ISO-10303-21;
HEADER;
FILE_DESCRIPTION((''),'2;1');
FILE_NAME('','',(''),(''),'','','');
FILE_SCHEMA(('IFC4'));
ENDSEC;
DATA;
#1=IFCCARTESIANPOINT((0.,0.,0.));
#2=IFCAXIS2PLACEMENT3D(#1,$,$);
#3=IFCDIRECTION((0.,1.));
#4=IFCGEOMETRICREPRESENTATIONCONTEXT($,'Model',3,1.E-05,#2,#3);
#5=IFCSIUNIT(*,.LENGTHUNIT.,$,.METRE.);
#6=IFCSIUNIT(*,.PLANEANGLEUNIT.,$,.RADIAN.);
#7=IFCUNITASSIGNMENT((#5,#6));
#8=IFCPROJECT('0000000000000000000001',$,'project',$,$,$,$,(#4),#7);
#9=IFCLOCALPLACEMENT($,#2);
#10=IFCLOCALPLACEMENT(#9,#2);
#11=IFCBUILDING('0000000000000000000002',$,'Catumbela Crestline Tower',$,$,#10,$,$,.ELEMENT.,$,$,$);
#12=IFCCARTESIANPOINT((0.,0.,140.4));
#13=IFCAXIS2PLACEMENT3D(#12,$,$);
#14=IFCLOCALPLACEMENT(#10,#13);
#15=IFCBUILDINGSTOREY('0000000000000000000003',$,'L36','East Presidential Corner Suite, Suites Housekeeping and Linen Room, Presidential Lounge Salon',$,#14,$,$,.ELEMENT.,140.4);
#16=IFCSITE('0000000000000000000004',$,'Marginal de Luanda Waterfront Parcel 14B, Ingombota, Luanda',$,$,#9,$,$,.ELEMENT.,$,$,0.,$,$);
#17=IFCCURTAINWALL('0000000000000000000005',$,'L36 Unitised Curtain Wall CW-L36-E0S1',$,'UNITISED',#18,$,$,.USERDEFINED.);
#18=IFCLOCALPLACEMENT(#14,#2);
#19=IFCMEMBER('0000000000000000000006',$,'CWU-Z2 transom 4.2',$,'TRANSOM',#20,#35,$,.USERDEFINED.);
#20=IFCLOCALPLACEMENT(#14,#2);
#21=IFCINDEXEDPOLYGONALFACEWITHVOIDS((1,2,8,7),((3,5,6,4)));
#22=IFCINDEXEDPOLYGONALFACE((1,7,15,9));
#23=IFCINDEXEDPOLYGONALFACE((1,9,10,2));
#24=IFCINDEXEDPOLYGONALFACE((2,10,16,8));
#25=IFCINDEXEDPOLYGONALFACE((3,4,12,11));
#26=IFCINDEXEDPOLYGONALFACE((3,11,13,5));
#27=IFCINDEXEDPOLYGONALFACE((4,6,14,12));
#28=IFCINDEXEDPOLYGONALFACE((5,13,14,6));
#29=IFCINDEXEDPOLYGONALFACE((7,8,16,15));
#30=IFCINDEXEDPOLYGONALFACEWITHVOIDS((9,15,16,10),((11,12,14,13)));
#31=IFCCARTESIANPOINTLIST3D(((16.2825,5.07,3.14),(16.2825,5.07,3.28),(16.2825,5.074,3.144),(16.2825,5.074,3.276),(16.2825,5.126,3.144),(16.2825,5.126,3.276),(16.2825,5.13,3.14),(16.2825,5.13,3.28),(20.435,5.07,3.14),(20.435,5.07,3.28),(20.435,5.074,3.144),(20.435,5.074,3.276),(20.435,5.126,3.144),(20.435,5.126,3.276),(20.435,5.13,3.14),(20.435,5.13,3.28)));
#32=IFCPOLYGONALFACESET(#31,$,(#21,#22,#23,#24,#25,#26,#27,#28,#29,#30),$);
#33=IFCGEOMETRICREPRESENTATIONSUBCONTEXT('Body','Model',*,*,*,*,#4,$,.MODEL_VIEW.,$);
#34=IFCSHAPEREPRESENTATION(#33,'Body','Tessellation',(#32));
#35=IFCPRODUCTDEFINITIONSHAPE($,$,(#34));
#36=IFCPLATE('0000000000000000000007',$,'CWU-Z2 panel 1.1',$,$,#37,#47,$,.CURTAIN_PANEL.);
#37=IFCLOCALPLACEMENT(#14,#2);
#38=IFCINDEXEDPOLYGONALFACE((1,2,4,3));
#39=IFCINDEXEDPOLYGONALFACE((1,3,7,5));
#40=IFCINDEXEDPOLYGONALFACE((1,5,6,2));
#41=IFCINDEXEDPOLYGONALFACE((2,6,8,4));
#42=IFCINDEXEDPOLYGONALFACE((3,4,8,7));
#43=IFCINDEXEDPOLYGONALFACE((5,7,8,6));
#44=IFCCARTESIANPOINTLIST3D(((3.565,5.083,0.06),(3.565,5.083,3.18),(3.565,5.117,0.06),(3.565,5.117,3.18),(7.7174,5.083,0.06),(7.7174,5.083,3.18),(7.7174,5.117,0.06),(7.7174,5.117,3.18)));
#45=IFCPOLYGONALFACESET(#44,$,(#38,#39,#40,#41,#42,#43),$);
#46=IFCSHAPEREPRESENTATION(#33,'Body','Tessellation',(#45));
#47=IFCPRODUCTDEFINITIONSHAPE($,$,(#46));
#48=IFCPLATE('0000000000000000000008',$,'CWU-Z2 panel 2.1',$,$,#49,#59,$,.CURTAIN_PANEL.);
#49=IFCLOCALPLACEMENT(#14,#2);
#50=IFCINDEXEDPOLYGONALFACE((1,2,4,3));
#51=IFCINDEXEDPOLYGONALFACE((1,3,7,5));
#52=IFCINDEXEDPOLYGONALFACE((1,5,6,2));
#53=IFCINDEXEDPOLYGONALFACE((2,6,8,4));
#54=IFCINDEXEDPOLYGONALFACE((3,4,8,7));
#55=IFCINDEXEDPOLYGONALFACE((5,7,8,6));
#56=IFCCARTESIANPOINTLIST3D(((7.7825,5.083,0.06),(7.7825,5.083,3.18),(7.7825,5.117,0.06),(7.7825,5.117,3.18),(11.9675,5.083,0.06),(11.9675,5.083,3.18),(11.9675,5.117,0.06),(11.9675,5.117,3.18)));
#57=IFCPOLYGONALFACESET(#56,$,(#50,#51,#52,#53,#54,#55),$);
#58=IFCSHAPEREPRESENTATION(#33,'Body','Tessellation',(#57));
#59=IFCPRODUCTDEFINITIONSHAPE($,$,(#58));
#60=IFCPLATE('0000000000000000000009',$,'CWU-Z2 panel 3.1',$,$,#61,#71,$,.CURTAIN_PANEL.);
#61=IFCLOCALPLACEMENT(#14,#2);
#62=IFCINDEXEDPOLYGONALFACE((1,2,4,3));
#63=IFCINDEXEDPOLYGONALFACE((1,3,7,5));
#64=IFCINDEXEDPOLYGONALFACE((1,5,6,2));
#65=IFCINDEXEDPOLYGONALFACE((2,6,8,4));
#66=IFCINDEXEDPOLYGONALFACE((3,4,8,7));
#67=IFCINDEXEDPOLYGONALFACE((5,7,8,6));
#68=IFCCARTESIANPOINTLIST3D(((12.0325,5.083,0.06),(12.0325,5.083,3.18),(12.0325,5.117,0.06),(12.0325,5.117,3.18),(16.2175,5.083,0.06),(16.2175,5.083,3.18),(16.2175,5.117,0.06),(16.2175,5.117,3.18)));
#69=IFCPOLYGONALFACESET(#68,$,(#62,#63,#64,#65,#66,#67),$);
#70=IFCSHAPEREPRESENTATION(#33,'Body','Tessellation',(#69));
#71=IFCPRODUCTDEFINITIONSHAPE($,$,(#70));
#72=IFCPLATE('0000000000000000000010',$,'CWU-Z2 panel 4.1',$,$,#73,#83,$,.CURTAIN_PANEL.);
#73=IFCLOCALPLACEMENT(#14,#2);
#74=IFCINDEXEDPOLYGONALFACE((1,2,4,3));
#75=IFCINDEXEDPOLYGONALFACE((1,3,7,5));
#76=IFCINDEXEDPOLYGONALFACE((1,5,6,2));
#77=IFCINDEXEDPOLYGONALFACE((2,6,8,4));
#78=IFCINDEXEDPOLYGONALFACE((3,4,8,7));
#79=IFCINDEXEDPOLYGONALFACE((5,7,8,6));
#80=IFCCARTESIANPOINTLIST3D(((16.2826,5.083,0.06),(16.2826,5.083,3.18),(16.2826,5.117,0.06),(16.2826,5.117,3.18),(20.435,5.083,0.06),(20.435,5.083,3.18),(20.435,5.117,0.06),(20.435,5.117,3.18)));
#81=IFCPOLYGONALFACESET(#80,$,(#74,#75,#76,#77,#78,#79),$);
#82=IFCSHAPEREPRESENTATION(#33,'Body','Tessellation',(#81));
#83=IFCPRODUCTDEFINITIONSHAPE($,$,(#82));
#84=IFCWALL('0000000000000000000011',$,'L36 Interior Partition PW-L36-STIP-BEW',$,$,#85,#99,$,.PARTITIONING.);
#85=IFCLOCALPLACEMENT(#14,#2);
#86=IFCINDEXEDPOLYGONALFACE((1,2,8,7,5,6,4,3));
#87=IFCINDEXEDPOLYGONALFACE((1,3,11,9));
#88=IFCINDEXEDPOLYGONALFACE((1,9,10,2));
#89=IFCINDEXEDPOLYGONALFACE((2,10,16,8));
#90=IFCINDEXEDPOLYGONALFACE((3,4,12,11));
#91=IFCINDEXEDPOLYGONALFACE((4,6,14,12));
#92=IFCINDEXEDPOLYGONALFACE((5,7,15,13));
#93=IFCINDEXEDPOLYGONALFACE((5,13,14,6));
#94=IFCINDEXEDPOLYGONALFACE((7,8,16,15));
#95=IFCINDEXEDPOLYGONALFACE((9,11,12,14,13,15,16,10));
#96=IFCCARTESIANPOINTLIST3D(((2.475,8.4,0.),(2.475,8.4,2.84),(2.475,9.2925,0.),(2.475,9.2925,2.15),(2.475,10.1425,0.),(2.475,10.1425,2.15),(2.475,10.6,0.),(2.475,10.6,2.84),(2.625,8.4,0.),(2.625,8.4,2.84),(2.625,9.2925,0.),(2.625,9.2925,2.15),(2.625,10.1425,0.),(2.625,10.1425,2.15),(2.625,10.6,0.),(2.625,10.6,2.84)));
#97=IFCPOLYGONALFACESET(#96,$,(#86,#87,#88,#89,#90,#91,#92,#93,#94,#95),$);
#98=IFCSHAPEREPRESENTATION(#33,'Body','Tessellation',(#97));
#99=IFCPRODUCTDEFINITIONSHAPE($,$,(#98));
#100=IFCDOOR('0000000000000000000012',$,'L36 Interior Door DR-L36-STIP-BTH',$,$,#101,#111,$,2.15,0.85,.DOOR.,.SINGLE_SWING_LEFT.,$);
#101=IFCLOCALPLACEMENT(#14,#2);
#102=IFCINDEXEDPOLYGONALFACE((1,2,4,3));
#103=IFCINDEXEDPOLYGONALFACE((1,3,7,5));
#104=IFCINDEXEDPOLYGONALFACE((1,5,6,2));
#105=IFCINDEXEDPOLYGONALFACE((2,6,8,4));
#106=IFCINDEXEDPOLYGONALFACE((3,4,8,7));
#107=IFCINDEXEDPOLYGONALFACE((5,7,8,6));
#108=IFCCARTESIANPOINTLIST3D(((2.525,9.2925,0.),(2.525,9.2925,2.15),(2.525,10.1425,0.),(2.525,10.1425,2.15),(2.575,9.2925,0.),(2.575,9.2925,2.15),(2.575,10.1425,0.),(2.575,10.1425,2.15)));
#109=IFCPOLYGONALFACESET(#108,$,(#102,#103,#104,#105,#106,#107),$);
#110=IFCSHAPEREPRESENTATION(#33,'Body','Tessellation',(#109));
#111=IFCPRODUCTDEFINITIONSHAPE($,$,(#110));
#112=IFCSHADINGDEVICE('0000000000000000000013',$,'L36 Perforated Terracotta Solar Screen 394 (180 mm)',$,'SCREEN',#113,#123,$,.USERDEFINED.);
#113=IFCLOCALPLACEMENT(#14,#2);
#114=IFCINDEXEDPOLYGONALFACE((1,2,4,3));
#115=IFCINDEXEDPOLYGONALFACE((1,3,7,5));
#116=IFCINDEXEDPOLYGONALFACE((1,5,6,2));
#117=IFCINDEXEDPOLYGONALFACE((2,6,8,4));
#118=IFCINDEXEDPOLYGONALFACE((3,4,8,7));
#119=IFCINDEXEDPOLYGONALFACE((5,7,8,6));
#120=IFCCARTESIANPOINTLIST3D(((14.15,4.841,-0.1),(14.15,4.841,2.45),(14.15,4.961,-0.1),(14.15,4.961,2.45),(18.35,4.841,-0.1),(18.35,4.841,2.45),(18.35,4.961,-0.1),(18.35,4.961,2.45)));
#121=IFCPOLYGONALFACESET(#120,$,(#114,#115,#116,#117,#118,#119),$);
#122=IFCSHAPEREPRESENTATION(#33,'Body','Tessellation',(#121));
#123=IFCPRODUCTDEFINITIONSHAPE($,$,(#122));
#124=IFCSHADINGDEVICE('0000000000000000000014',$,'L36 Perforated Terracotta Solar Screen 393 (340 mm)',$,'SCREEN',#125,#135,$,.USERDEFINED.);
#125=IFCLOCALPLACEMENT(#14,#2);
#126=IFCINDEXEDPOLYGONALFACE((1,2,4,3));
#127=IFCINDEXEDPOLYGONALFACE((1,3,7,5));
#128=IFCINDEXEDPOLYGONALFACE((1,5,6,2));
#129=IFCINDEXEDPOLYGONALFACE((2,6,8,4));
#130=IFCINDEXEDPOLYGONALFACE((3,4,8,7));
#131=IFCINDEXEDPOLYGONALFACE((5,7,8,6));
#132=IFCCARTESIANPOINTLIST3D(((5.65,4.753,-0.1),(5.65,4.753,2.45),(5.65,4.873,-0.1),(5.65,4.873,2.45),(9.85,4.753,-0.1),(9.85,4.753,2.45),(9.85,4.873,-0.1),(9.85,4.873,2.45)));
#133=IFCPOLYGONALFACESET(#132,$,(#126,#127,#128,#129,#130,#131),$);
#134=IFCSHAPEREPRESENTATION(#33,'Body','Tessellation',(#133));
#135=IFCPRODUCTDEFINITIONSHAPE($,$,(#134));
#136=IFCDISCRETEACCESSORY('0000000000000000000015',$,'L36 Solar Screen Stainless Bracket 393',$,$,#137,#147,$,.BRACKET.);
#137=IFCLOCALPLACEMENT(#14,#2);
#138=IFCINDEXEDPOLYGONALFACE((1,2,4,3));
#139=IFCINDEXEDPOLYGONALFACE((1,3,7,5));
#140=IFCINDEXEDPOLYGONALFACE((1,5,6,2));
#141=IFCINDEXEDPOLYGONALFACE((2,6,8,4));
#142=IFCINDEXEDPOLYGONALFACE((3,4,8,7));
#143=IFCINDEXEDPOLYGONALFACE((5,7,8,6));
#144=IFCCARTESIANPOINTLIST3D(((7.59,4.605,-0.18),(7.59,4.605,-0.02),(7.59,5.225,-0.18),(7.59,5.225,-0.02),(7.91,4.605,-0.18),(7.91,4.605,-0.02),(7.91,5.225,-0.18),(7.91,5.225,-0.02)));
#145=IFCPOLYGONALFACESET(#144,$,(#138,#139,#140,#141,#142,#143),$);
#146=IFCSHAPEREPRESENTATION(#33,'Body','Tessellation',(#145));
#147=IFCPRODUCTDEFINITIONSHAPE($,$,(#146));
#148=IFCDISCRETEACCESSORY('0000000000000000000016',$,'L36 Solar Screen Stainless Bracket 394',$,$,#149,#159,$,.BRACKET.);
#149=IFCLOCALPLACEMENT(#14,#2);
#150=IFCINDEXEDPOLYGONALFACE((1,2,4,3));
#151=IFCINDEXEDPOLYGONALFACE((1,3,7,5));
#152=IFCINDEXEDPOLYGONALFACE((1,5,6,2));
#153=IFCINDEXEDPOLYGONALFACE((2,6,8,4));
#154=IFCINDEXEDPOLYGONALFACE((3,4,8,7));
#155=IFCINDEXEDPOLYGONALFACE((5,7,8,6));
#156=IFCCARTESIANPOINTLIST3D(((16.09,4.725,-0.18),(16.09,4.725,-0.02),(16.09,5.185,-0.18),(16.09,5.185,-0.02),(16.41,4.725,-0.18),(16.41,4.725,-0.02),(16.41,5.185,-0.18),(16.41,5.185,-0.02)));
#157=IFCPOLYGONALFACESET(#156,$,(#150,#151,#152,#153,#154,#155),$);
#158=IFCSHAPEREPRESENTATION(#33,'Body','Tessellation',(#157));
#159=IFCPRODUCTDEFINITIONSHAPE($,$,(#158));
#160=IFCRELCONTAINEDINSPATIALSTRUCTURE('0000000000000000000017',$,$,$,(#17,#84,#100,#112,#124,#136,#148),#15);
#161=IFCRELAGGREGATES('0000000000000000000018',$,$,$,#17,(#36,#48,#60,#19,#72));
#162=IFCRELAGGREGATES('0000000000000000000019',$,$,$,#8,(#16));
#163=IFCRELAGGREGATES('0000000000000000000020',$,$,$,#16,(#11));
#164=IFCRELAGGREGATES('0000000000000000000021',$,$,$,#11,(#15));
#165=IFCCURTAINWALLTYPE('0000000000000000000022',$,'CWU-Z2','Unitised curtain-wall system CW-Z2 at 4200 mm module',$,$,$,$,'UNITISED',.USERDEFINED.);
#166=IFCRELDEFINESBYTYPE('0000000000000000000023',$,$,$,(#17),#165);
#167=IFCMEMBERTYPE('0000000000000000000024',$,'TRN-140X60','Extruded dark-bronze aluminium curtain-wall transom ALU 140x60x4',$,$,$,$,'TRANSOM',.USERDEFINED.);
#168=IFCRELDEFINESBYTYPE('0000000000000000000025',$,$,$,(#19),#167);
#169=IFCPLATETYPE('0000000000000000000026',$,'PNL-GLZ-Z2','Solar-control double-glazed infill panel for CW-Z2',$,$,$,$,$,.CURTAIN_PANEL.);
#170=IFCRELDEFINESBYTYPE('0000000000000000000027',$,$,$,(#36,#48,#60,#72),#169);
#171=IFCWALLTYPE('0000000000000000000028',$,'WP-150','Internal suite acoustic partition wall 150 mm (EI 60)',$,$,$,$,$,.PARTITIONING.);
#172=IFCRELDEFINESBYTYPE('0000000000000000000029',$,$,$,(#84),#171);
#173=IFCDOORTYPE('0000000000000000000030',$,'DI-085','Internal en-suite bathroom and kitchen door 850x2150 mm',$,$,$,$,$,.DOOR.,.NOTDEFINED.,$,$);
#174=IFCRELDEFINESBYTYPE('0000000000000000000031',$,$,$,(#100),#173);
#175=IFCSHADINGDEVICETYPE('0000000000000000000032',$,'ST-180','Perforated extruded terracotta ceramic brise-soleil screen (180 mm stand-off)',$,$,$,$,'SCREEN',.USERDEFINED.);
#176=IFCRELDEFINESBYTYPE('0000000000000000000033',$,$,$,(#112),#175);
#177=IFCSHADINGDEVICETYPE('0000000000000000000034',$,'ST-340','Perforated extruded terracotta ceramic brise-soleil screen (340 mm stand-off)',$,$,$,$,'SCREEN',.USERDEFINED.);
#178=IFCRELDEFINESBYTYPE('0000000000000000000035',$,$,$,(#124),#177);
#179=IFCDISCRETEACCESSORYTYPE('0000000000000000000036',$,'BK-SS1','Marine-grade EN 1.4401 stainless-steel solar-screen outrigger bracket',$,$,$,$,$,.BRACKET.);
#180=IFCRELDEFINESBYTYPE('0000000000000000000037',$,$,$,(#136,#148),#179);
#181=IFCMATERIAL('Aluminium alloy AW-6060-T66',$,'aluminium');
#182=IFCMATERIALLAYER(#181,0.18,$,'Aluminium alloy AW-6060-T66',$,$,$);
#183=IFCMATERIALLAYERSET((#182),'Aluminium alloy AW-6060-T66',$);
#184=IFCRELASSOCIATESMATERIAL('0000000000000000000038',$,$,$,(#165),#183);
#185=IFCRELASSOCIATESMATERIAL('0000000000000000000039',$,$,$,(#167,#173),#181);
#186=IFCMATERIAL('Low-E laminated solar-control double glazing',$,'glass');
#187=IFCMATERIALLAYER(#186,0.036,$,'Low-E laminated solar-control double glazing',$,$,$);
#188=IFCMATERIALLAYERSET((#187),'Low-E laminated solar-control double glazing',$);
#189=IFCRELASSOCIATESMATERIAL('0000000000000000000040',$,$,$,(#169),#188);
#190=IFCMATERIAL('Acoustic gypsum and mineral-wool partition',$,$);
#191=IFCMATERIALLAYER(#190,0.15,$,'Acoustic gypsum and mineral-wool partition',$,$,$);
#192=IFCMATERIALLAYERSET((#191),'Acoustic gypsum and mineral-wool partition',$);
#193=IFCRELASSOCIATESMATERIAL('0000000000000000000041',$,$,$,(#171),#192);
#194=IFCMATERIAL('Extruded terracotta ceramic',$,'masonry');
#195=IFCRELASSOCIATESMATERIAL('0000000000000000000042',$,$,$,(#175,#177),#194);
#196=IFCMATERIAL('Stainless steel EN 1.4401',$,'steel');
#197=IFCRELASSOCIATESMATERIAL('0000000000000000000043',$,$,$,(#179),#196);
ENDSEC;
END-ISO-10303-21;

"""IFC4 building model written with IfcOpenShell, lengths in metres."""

from ifc_helpers import new_model, si_unit, direction, frame, frame_2d, origin, origin_2d, place, context, subcontext, project, spatial, rectangle, hollow_rectangle, extrude, material, layer, layer_set, material_profile, profile_set, type_object, element, fill, aggregate, save


model = new_model("IFC4")

# Units and contexts
model_context = context("Model", 3, precision=1e-05, world=origin(), true_north=direction((0.0, 1.0)))
body_context = subcontext(model_context, "Body", "Model", "MODEL_VIEW")
ifc_project = project(units=[si_unit("LENGTHUNIT", "METRE"), si_unit("PLANEANGLEUNIT", "RADIAN")], contexts=[model_context])

# Site, building, storey
site_placement = place(None, origin())
site = spatial("IfcSite", under=ifc_project, at=site_placement, Name="Marginal de Luanda Waterfront Parcel 14B, Ingombota, Luanda", CompositionType="ELEMENT", RefElevation=0.0)
building_placement = place(site_placement, origin())
building = spatial("IfcBuilding", under=site, at=building_placement, Name="Catumbela Crestline Tower", CompositionType="ELEMENT")
storey_placement = place(building_placement, frame((0.0, 0.0, 140.4)))
storey = spatial("IfcBuildingStorey", under=building, at=storey_placement, Name="L36", Description="East Presidential Corner Suite, Suites Housekeeping and Linen Room, Presidential Lounge Salon", CompositionType="ELEMENT", Elevation=140.4)

# Curtain wall, member, plates
ifc_material_1 = material(Name="Aluminium alloy AW-6060-T66", Category="aluminium")
ifc_layer_1 = layer(ifc_material_1, 0.18, Name="Aluminium alloy AW-6060-T66")
ifc_layer_set_1 = layer_set([ifc_layer_1], Name="Aluminium alloy AW-6060-T66")
curtain_wall_type = type_object("IfcCurtainWallType", Name="CWU-Z2", Description="Unitised curtain-wall system CW-Z2 at 4200 mm module", ElementType="UNITISED", PredefinedType="USERDEFINED", material=ifc_layer_set_1)
curtain_wall_placement = place(storey_placement, origin())
curtain_wall = element("IfcCurtainWall", 1, at=curtain_wall_placement, inside=storey, type_object=curtain_wall_type, Name="L36 Unitised Curtain Wall CW-L36-E0S1", ObjectType="UNITISED", PredefinedType="USERDEFINED")
ifc_material_profile_1 = material_profile(ifc_material_1, hollow_rectangle(XDim=0.06, YDim=0.14, WallThickness=0.004, at=origin_2d()), Name="ALU 140x60x4")
ifc_profile_set_1 = profile_set([ifc_material_profile_1], Name="Aluminium alloy AW-6060-T66")
member_type_1 = type_object("IfcMemberType", Name="TRN-140X60", Description="Extruded dark-bronze aluminium curtain-wall transom ALU 140x60x4", ElementType="TRANSOM", PredefinedType="USERDEFINED", material=ifc_profile_set_1)
member_1_placement = place(storey_placement, frame((16.2825, 5.1, 3.21), z_axis=(1.0, 0.0, 0.0), x_axis=(0.0, 1.0, 0.0)))
member_1 = element("IfcMember", 2, at=member_1_placement, type_object=member_type_1, Name="CWU-Z2 transom 4.2", ObjectType="TRANSOM", PredefinedType="USERDEFINED", context=body_context, shape_type="SweptSolid", body=[
    extrude(hollow_rectangle(XDim=0.06, YDim=0.14, WallThickness=0.004, at=origin_2d()), origin(), (0.0, 0.0, 1.0), 4.1525),
])
ifc_material_2 = material(Name="Low-E laminated solar-control double glazing", Category="glass")
ifc_layer_2 = layer(ifc_material_2, 0.036, Name="Low-E laminated solar-control double glazing")
ifc_layer_set_2 = layer_set([ifc_layer_2], Name="Low-E laminated solar-control double glazing")
plate_type = type_object("IfcPlateType", Name="PNL-GLZ-Z2", Description="Solar-control double-glazed infill panel for CW-Z2", PredefinedType="CURTAIN_PANEL", material=ifc_layer_set_2)
plate_1_placement = place(storey_placement, frame((5.6412, 5.1, 0.06), z_axis=(0.0, 0.0, 1.0), x_axis=(1.0, 0.0, 0.0)))
plate_1 = element("IfcPlate", 3, at=plate_1_placement, type_object=plate_type, Name="CWU-Z2 panel 1.1", PredefinedType="CURTAIN_PANEL", context=body_context, shape_type="SweptSolid", body=[
    extrude(rectangle(XDim=4.1525, YDim=0.034, at=origin_2d()), origin(), (0.0, 0.0, 1.0), 3.12),
])
plate_2_placement = place(storey_placement, frame((9.875, 5.1, 0.06), z_axis=(0.0, 0.0, 1.0), x_axis=(1.0, 0.0, 0.0)))
plate_2 = element("IfcPlate", 4, at=plate_2_placement, type_object=plate_type, Name="CWU-Z2 panel 2.1", PredefinedType="CURTAIN_PANEL", context=body_context, shape_type="SweptSolid", body=[
    extrude(rectangle(XDim=4.185, YDim=0.034, at=origin_2d()), origin(), (0.0, 0.0, 1.0), 3.12),
])
plate_3_placement = place(storey_placement, frame((14.125, 5.1, 0.06), z_axis=(0.0, 0.0, 1.0), x_axis=(1.0, 0.0, 0.0)))
plate_3 = element("IfcPlate", 5, at=plate_3_placement, type_object=plate_type, Name="CWU-Z2 panel 3.1", PredefinedType="CURTAIN_PANEL", context=body_context, shape_type="SweptSolid", body=[
    extrude(rectangle(XDim=4.185, YDim=0.034, at=origin_2d()), origin(), (0.0, 0.0, 1.0), 3.12),
])
plate_4_placement = place(storey_placement, frame((18.3588, 5.1, 0.06), z_axis=(0.0, 0.0, 1.0), x_axis=(1.0, 0.0, 0.0)))
plate_4 = element("IfcPlate", 6, at=plate_4_placement, type_object=plate_type, Name="CWU-Z2 panel 4.1", PredefinedType="CURTAIN_PANEL", context=body_context, shape_type="SweptSolid", body=[
    extrude(rectangle(XDim=4.1525, YDim=0.034, at=origin_2d()), origin(), (0.0, 0.0, 1.0), 3.12),
])
aggregate(curtain_wall, [plate_1, plate_2, plate_3, member_1, plate_4])

# Wall, opening, door
ifc_material_3 = material(Name="Acoustic gypsum and mineral-wool partition")
ifc_layer_3 = layer(ifc_material_3, 0.15, Name="Acoustic gypsum and mineral-wool partition")
ifc_layer_set_3 = layer_set([ifc_layer_3], Name="Acoustic gypsum and mineral-wool partition")
wall_type = type_object("IfcWallType", Name="WP-150", Description="Internal suite acoustic partition wall 150 mm (EI 60)", PredefinedType="PARTITIONING", material=ifc_layer_set_3)
wall_placement = place(storey_placement, frame((2.55, 8.4, 0.0), z_axis=(0.0, 0.0, 1.0), x_axis=(0.0, 1.0, 0.0)))
wall = element("IfcWall", 7, at=wall_placement, inside=storey, type_object=wall_type, Name="L36 Interior Partition PW-L36-STIP-BEW", PredefinedType="PARTITIONING", context=body_context, shape_type="SweptSolid", body=[
    extrude(rectangle(XDim=2.2, YDim=0.15, at=frame_2d((1.1, 0.0))), origin(), (0.0, 0.0, 1.0), 2.84),
])
opening_placement = place(wall_placement, frame((0.8925, 0.0, 0.0)))
opening = element("IfcOpeningElement", 8, at=opening_placement, cuts=wall, PredefinedType="OPENING", context=body_context, shape_type="SweptSolid", body=[
    extrude(rectangle(XDim=0.85, YDim=2.15, at=frame_2d((0.425, 1.075))), frame((0.0, 0.085, 0.0), z_axis=(0.0, -1.0, 0.0), x_axis=(1.0, 0.0, 0.0)), (0.0, 0.0, 1.0), 0.17),
])
door_type = type_object("IfcDoorType", Name="DI-085", Description="Internal en-suite bathroom and kitchen door 850x2150 mm", OperationType="NOTDEFINED", PredefinedType="DOOR", material=ifc_material_1)
door_placement = place(opening_placement, origin())
door = element("IfcDoor", 9, at=door_placement, inside=storey, type_object=door_type, Name="L36 Interior Door DR-L36-STIP-BTH", OperationType="SINGLE_SWING_LEFT", OverallHeight=2.15, OverallWidth=0.85, PredefinedType="DOOR", context=body_context, shape_type="SweptSolid", body=[
    extrude(rectangle(XDim=0.85, YDim=2.15, at=frame_2d((0.425, 1.075))), frame((0.0, 0.025, 0.0), z_axis=(0.0, -1.0, 0.0), x_axis=(1.0, 0.0, 0.0)), (0.0, 0.0, 1.0), 0.05),
])
fill(opening, door)

# Shading devices
ifc_material_4 = material(Name="Extruded terracotta ceramic", Category="masonry")
shading_device_type_1 = type_object("IfcShadingDeviceType", Name="ST-180", Description="Perforated extruded terracotta ceramic brise-soleil screen (180 mm stand-off)", ElementType="SCREEN", PredefinedType="USERDEFINED", material=ifc_material_4)
shading_device_1_placement = place(storey_placement, frame((16.25, 4.901, -0.1), z_axis=(0.0, 0.0, 1.0), x_axis=(1.0, 0.0, 0.0)))
element("IfcShadingDevice", 10, at=shading_device_1_placement, inside=storey, type_object=shading_device_type_1, Name="L36 Perforated Terracotta Solar Screen 394 (180 mm)", ObjectType="SCREEN", PredefinedType="USERDEFINED", context=body_context, shape_type="SweptSolid", body=[
    extrude(rectangle(XDim=4.2, YDim=0.12, at=origin_2d()), origin(), (0.0, 0.0, 1.0), 2.55),
])
shading_device_type_2 = type_object("IfcShadingDeviceType", Name="ST-340", Description="Perforated extruded terracotta ceramic brise-soleil screen (340 mm stand-off)", ElementType="SCREEN", PredefinedType="USERDEFINED", material=ifc_material_4)
shading_device_2_placement = place(storey_placement, frame((7.75, 4.813, -0.1), z_axis=(0.0, 0.0, 1.0), x_axis=(1.0, 0.0, 0.0)))
element("IfcShadingDevice", 11, at=shading_device_2_placement, inside=storey, type_object=shading_device_type_2, Name="L36 Perforated Terracotta Solar Screen 393 (340 mm)", ObjectType="SCREEN", PredefinedType="USERDEFINED", context=body_context, shape_type="SweptSolid", body=[
    extrude(rectangle(XDim=4.2, YDim=0.12, at=origin_2d()), origin(), (0.0, 0.0, 1.0), 2.55),
])

# Discrete accessories
ifc_material_5 = material(Name="Stainless steel EN 1.4401", Category="steel")
discrete_accessory_type = type_object("IfcDiscreteAccessoryType", Name="BK-SS1", Description="Marine-grade EN 1.4401 stainless-steel solar-screen outrigger bracket", PredefinedType="BRACKET", material=ifc_material_5)
discrete_accessory_1_placement = place(storey_placement, frame((7.75, 4.915, -0.18), z_axis=(0.0, 0.0, 1.0), x_axis=(1.0, 0.0, 0.0)))
element("IfcDiscreteAccessory", 12, at=discrete_accessory_1_placement, inside=storey, type_object=discrete_accessory_type, Name="L36 Solar Screen Stainless Bracket 393", PredefinedType="BRACKET", context=body_context, shape_type="SweptSolid", body=[
    extrude(rectangle(XDim=0.32, YDim=0.62, at=origin_2d()), origin(), (0.0, 0.0, 1.0), 0.16),
])
discrete_accessory_2_placement = place(storey_placement, frame((16.25, 4.955, -0.18), z_axis=(0.0, 0.0, 1.0), x_axis=(1.0, 0.0, 0.0)))
element("IfcDiscreteAccessory", 13, at=discrete_accessory_2_placement, inside=storey, type_object=discrete_accessory_type, Name="L36 Solar Screen Stainless Bracket 394", PredefinedType="BRACKET", context=body_context, shape_type="SweptSolid", body=[
    extrude(rectangle(XDim=0.32, YDim=0.46, at=origin_2d()), origin(), (0.0, 0.0, 1.0), 0.16),
])

save(model, "model.ifc")
